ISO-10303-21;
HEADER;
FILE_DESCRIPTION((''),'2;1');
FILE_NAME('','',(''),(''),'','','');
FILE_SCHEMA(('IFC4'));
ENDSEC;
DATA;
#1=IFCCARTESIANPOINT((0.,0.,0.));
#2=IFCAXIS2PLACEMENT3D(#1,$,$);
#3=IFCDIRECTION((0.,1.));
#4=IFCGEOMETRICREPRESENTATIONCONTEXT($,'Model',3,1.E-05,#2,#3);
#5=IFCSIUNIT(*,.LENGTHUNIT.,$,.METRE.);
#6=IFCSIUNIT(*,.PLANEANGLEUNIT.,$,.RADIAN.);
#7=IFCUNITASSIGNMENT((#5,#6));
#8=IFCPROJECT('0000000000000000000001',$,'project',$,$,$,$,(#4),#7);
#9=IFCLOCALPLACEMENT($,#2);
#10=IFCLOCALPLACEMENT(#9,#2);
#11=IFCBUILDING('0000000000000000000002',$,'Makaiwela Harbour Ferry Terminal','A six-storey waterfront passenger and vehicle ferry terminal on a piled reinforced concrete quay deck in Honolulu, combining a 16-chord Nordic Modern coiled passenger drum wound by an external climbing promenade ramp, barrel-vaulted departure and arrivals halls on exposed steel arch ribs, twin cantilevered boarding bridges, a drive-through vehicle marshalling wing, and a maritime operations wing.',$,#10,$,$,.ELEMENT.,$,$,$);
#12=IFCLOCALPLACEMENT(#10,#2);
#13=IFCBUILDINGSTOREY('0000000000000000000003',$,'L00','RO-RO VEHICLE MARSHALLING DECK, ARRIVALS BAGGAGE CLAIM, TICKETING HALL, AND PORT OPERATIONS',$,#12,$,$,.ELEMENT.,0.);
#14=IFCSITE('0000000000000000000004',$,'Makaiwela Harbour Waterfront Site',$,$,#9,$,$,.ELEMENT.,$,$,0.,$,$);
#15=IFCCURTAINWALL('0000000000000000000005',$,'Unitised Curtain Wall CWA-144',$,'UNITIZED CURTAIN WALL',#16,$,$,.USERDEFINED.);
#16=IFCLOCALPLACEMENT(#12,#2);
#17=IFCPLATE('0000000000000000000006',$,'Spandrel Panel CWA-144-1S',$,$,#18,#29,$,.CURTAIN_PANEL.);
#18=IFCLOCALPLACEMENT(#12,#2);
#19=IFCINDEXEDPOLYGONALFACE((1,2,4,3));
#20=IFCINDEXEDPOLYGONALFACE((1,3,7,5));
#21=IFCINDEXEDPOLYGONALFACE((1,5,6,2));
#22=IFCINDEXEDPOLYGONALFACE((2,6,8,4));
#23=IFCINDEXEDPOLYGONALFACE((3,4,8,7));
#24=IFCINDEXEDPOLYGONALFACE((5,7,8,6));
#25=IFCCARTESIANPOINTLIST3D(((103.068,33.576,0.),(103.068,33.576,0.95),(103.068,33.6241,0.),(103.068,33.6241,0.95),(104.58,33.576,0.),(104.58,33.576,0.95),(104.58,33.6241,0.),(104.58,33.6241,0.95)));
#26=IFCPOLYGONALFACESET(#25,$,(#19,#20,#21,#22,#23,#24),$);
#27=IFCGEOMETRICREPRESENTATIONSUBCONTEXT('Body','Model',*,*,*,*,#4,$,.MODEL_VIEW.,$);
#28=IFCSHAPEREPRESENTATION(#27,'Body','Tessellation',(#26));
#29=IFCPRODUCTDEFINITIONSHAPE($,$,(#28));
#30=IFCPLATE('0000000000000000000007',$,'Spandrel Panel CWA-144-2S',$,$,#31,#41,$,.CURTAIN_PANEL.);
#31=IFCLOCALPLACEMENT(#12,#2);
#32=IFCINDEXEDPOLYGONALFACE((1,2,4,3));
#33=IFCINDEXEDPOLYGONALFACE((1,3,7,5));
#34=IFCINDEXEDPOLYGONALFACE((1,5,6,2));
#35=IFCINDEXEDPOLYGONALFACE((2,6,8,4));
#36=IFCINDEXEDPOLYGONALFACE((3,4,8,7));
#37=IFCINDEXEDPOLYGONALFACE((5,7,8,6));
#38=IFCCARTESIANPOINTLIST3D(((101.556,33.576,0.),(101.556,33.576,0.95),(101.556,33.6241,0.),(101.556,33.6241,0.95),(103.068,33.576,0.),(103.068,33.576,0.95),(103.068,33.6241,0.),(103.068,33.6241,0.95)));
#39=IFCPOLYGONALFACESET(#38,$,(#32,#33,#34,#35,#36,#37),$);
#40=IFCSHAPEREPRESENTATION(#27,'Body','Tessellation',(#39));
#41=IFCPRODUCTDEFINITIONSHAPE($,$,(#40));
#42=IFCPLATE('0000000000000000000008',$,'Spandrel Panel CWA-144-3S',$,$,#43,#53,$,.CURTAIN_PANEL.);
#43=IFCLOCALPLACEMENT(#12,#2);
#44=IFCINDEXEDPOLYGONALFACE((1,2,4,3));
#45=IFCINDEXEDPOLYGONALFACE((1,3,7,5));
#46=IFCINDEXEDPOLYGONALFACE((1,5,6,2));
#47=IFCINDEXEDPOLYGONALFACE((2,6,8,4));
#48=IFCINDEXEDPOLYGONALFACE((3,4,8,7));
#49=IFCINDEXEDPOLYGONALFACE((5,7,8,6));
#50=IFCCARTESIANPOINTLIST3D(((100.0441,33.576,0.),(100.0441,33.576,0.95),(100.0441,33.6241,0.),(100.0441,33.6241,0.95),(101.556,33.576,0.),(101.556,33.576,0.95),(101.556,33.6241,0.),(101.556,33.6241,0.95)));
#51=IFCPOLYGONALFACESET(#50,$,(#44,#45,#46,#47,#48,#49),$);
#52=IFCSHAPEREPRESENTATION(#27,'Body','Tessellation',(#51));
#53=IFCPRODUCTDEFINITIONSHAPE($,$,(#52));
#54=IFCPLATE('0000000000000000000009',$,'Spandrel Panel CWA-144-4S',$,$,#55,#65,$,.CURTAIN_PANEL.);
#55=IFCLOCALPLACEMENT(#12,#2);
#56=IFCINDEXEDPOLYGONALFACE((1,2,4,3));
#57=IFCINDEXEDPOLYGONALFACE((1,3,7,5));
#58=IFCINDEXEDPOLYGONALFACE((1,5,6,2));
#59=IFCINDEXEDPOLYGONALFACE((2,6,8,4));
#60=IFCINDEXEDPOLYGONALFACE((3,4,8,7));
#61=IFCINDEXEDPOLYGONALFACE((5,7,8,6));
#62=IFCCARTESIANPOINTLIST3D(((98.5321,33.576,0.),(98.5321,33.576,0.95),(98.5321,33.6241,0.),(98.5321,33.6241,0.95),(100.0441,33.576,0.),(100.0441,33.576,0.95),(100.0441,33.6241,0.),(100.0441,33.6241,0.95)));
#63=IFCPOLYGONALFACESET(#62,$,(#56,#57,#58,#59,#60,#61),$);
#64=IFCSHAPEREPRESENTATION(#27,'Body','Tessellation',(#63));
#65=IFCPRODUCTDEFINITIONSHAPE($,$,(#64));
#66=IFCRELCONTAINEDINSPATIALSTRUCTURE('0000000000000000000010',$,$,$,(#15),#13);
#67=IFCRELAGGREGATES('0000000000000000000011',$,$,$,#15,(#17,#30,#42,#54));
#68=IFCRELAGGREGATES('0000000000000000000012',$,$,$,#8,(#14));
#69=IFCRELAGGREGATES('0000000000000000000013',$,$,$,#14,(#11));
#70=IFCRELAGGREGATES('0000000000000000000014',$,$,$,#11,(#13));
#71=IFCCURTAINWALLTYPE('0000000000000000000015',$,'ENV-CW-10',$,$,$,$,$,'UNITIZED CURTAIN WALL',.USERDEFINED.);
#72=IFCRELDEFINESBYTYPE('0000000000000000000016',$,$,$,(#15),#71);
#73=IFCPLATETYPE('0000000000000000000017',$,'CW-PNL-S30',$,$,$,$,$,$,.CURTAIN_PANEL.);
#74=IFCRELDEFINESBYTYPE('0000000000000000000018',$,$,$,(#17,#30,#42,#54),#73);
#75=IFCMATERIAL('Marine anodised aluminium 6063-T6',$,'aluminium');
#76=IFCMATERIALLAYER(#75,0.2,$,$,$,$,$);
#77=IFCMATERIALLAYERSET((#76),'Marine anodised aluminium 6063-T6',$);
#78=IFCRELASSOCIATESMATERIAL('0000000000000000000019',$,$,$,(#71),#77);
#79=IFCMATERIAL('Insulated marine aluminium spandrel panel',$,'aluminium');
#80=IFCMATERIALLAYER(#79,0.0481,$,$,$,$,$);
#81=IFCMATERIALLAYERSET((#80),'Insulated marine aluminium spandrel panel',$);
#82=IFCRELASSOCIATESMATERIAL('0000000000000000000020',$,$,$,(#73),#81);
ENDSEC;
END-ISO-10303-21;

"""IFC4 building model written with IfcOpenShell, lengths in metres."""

from ifc_helpers import new_model, si_unit, direction, frame, origin, origin_2d, place, context, subcontext, project, spatial, rectangle, extrude, material, layer, layer_set, type_object, element, aggregate, save


model = new_model("IFC4")

# Units and contexts
model_context = context("Model", 3, precision=1e-05, world=origin(), true_north=direction((0.0, 1.0)))
body_context = subcontext(model_context, "Body", "Model", "MODEL_VIEW")
ifc_project = project(units=[si_unit("LENGTHUNIT", "METRE"), si_unit("PLANEANGLEUNIT", "RADIAN")], contexts=[model_context])

# Site, building, storey
site_placement = place(None, origin())
site = spatial("IfcSite", under=ifc_project, at=site_placement, Name="Makaiwela Harbour Waterfront Site", CompositionType="ELEMENT", RefElevation=0.0)
building_placement = place(site_placement, origin())
building = spatial("IfcBuilding", under=site, at=building_placement, Name="Makaiwela Harbour Ferry Terminal", Description="A six-storey waterfront passenger and vehicle ferry terminal on a piled reinforced concrete quay deck in Honolulu, combining a 16-chord Nordic Modern coiled passenger drum wound by an external climbing promenade ramp, barrel-vaulted departure and arrivals halls on exposed steel arch ribs, twin cantilevered boarding bridges, a drive-through vehicle marshalling wing, and a maritime operations wing.", CompositionType="ELEMENT")
storey_placement = place(building_placement, origin())
storey = spatial("IfcBuildingStorey", under=building, at=storey_placement, Name="L00", Description="RO-RO VEHICLE MARSHALLING DECK, ARRIVALS BAGGAGE CLAIM, TICKETING HALL, AND PORT OPERATIONS", CompositionType="ELEMENT", Elevation=0.0)

# Curtain wall, plates
ifc_material_1 = material(Name="Marine anodised aluminium 6063-T6", Category="aluminium")
ifc_layer_1 = layer(ifc_material_1, 0.2)
ifc_layer_set_1 = layer_set([ifc_layer_1], Name="Marine anodised aluminium 6063-T6")
curtain_wall_type = type_object("IfcCurtainWallType", Name="ENV-CW-10", ElementType="UNITIZED CURTAIN WALL", PredefinedType="USERDEFINED", material=ifc_layer_set_1)
curtain_wall_placement = place(storey_placement, origin())
curtain_wall = element("IfcCurtainWall", 1, at=curtain_wall_placement, inside=storey, type_object=curtain_wall_type, Name="Unitised Curtain Wall CWA-144", ObjectType="UNITIZED CURTAIN WALL", PredefinedType="USERDEFINED")
ifc_material_2 = material(Name="Insulated marine aluminium spandrel panel", Category="aluminium")
ifc_layer_2 = layer(ifc_material_2, 0.0481)
ifc_layer_set_2 = layer_set([ifc_layer_2], Name="Insulated marine aluminium spandrel panel")
plate_type_1 = type_object("IfcPlateType", Name="CW-PNL-S30", PredefinedType="CURTAIN_PANEL", material=ifc_layer_set_2)
plate_1_placement = place(storey_placement, frame((103.824, 33.6001, 0.0), z_axis=(0.0, 0.0, 1.0), x_axis=(-1.0, 0.0, 0.0)))
plate_1 = element("IfcPlate", 2, at=plate_1_placement, type_object=plate_type_1, Name="Spandrel Panel CWA-144-1S", PredefinedType="CURTAIN_PANEL", context=body_context, shape_type="SweptSolid", body=[
    extrude(rectangle(XDim=1.512, YDim=0.0481, at=origin_2d()), origin(), (0.0, 0.0, 1.0), 0.95),
])
plate_2_placement = place(storey_placement, frame((102.312, 33.6001, 0.0), z_axis=(0.0, 0.0, 1.0), x_axis=(-1.0, 0.0, 0.0)))
plate_2 = element("IfcPlate", 3, at=plate_2_placement, type_object=plate_type_1, Name="Spandrel Panel CWA-144-2S", PredefinedType="CURTAIN_PANEL", context=body_context, shape_type="SweptSolid", body=[
    extrude(rectangle(XDim=1.512, YDim=0.0481, at=origin_2d()), origin(), (0.0, 0.0, 1.0), 0.95),
])
plate_3_placement = place(storey_placement, frame((100.8, 33.6001, 0.0), z_axis=(0.0, 0.0, 1.0), x_axis=(-1.0, 0.0, 0.0)))
plate_3 = element("IfcPlate", 4, at=plate_3_placement, type_object=plate_type_1, Name="Spandrel Panel CWA-144-3S", PredefinedType="CURTAIN_PANEL", context=body_context, shape_type="SweptSolid", body=[
    extrude(rectangle(XDim=1.512, YDim=0.0481, at=origin_2d()), origin(), (0.0, 0.0, 1.0), 0.95),
])
plate_4_placement = place(storey_placement, frame((99.2881, 33.6001, 0.0), z_axis=(0.0, 0.0, 1.0), x_axis=(-1.0, 0.0, 0.0)))
plate_4 = element("IfcPlate", 5, at=plate_4_placement, type_object=plate_type_1, Name="Spandrel Panel CWA-144-4S", PredefinedType="CURTAIN_PANEL", context=body_context, shape_type="SweptSolid", body=[
    extrude(rectangle(XDim=1.512, YDim=0.0481, at=origin_2d()), origin(), (0.0, 0.0, 1.0), 0.95),
])
aggregate(curtain_wall, [plate_1, plate_2, plate_3, plate_4])

save(model, "model.ifc")
